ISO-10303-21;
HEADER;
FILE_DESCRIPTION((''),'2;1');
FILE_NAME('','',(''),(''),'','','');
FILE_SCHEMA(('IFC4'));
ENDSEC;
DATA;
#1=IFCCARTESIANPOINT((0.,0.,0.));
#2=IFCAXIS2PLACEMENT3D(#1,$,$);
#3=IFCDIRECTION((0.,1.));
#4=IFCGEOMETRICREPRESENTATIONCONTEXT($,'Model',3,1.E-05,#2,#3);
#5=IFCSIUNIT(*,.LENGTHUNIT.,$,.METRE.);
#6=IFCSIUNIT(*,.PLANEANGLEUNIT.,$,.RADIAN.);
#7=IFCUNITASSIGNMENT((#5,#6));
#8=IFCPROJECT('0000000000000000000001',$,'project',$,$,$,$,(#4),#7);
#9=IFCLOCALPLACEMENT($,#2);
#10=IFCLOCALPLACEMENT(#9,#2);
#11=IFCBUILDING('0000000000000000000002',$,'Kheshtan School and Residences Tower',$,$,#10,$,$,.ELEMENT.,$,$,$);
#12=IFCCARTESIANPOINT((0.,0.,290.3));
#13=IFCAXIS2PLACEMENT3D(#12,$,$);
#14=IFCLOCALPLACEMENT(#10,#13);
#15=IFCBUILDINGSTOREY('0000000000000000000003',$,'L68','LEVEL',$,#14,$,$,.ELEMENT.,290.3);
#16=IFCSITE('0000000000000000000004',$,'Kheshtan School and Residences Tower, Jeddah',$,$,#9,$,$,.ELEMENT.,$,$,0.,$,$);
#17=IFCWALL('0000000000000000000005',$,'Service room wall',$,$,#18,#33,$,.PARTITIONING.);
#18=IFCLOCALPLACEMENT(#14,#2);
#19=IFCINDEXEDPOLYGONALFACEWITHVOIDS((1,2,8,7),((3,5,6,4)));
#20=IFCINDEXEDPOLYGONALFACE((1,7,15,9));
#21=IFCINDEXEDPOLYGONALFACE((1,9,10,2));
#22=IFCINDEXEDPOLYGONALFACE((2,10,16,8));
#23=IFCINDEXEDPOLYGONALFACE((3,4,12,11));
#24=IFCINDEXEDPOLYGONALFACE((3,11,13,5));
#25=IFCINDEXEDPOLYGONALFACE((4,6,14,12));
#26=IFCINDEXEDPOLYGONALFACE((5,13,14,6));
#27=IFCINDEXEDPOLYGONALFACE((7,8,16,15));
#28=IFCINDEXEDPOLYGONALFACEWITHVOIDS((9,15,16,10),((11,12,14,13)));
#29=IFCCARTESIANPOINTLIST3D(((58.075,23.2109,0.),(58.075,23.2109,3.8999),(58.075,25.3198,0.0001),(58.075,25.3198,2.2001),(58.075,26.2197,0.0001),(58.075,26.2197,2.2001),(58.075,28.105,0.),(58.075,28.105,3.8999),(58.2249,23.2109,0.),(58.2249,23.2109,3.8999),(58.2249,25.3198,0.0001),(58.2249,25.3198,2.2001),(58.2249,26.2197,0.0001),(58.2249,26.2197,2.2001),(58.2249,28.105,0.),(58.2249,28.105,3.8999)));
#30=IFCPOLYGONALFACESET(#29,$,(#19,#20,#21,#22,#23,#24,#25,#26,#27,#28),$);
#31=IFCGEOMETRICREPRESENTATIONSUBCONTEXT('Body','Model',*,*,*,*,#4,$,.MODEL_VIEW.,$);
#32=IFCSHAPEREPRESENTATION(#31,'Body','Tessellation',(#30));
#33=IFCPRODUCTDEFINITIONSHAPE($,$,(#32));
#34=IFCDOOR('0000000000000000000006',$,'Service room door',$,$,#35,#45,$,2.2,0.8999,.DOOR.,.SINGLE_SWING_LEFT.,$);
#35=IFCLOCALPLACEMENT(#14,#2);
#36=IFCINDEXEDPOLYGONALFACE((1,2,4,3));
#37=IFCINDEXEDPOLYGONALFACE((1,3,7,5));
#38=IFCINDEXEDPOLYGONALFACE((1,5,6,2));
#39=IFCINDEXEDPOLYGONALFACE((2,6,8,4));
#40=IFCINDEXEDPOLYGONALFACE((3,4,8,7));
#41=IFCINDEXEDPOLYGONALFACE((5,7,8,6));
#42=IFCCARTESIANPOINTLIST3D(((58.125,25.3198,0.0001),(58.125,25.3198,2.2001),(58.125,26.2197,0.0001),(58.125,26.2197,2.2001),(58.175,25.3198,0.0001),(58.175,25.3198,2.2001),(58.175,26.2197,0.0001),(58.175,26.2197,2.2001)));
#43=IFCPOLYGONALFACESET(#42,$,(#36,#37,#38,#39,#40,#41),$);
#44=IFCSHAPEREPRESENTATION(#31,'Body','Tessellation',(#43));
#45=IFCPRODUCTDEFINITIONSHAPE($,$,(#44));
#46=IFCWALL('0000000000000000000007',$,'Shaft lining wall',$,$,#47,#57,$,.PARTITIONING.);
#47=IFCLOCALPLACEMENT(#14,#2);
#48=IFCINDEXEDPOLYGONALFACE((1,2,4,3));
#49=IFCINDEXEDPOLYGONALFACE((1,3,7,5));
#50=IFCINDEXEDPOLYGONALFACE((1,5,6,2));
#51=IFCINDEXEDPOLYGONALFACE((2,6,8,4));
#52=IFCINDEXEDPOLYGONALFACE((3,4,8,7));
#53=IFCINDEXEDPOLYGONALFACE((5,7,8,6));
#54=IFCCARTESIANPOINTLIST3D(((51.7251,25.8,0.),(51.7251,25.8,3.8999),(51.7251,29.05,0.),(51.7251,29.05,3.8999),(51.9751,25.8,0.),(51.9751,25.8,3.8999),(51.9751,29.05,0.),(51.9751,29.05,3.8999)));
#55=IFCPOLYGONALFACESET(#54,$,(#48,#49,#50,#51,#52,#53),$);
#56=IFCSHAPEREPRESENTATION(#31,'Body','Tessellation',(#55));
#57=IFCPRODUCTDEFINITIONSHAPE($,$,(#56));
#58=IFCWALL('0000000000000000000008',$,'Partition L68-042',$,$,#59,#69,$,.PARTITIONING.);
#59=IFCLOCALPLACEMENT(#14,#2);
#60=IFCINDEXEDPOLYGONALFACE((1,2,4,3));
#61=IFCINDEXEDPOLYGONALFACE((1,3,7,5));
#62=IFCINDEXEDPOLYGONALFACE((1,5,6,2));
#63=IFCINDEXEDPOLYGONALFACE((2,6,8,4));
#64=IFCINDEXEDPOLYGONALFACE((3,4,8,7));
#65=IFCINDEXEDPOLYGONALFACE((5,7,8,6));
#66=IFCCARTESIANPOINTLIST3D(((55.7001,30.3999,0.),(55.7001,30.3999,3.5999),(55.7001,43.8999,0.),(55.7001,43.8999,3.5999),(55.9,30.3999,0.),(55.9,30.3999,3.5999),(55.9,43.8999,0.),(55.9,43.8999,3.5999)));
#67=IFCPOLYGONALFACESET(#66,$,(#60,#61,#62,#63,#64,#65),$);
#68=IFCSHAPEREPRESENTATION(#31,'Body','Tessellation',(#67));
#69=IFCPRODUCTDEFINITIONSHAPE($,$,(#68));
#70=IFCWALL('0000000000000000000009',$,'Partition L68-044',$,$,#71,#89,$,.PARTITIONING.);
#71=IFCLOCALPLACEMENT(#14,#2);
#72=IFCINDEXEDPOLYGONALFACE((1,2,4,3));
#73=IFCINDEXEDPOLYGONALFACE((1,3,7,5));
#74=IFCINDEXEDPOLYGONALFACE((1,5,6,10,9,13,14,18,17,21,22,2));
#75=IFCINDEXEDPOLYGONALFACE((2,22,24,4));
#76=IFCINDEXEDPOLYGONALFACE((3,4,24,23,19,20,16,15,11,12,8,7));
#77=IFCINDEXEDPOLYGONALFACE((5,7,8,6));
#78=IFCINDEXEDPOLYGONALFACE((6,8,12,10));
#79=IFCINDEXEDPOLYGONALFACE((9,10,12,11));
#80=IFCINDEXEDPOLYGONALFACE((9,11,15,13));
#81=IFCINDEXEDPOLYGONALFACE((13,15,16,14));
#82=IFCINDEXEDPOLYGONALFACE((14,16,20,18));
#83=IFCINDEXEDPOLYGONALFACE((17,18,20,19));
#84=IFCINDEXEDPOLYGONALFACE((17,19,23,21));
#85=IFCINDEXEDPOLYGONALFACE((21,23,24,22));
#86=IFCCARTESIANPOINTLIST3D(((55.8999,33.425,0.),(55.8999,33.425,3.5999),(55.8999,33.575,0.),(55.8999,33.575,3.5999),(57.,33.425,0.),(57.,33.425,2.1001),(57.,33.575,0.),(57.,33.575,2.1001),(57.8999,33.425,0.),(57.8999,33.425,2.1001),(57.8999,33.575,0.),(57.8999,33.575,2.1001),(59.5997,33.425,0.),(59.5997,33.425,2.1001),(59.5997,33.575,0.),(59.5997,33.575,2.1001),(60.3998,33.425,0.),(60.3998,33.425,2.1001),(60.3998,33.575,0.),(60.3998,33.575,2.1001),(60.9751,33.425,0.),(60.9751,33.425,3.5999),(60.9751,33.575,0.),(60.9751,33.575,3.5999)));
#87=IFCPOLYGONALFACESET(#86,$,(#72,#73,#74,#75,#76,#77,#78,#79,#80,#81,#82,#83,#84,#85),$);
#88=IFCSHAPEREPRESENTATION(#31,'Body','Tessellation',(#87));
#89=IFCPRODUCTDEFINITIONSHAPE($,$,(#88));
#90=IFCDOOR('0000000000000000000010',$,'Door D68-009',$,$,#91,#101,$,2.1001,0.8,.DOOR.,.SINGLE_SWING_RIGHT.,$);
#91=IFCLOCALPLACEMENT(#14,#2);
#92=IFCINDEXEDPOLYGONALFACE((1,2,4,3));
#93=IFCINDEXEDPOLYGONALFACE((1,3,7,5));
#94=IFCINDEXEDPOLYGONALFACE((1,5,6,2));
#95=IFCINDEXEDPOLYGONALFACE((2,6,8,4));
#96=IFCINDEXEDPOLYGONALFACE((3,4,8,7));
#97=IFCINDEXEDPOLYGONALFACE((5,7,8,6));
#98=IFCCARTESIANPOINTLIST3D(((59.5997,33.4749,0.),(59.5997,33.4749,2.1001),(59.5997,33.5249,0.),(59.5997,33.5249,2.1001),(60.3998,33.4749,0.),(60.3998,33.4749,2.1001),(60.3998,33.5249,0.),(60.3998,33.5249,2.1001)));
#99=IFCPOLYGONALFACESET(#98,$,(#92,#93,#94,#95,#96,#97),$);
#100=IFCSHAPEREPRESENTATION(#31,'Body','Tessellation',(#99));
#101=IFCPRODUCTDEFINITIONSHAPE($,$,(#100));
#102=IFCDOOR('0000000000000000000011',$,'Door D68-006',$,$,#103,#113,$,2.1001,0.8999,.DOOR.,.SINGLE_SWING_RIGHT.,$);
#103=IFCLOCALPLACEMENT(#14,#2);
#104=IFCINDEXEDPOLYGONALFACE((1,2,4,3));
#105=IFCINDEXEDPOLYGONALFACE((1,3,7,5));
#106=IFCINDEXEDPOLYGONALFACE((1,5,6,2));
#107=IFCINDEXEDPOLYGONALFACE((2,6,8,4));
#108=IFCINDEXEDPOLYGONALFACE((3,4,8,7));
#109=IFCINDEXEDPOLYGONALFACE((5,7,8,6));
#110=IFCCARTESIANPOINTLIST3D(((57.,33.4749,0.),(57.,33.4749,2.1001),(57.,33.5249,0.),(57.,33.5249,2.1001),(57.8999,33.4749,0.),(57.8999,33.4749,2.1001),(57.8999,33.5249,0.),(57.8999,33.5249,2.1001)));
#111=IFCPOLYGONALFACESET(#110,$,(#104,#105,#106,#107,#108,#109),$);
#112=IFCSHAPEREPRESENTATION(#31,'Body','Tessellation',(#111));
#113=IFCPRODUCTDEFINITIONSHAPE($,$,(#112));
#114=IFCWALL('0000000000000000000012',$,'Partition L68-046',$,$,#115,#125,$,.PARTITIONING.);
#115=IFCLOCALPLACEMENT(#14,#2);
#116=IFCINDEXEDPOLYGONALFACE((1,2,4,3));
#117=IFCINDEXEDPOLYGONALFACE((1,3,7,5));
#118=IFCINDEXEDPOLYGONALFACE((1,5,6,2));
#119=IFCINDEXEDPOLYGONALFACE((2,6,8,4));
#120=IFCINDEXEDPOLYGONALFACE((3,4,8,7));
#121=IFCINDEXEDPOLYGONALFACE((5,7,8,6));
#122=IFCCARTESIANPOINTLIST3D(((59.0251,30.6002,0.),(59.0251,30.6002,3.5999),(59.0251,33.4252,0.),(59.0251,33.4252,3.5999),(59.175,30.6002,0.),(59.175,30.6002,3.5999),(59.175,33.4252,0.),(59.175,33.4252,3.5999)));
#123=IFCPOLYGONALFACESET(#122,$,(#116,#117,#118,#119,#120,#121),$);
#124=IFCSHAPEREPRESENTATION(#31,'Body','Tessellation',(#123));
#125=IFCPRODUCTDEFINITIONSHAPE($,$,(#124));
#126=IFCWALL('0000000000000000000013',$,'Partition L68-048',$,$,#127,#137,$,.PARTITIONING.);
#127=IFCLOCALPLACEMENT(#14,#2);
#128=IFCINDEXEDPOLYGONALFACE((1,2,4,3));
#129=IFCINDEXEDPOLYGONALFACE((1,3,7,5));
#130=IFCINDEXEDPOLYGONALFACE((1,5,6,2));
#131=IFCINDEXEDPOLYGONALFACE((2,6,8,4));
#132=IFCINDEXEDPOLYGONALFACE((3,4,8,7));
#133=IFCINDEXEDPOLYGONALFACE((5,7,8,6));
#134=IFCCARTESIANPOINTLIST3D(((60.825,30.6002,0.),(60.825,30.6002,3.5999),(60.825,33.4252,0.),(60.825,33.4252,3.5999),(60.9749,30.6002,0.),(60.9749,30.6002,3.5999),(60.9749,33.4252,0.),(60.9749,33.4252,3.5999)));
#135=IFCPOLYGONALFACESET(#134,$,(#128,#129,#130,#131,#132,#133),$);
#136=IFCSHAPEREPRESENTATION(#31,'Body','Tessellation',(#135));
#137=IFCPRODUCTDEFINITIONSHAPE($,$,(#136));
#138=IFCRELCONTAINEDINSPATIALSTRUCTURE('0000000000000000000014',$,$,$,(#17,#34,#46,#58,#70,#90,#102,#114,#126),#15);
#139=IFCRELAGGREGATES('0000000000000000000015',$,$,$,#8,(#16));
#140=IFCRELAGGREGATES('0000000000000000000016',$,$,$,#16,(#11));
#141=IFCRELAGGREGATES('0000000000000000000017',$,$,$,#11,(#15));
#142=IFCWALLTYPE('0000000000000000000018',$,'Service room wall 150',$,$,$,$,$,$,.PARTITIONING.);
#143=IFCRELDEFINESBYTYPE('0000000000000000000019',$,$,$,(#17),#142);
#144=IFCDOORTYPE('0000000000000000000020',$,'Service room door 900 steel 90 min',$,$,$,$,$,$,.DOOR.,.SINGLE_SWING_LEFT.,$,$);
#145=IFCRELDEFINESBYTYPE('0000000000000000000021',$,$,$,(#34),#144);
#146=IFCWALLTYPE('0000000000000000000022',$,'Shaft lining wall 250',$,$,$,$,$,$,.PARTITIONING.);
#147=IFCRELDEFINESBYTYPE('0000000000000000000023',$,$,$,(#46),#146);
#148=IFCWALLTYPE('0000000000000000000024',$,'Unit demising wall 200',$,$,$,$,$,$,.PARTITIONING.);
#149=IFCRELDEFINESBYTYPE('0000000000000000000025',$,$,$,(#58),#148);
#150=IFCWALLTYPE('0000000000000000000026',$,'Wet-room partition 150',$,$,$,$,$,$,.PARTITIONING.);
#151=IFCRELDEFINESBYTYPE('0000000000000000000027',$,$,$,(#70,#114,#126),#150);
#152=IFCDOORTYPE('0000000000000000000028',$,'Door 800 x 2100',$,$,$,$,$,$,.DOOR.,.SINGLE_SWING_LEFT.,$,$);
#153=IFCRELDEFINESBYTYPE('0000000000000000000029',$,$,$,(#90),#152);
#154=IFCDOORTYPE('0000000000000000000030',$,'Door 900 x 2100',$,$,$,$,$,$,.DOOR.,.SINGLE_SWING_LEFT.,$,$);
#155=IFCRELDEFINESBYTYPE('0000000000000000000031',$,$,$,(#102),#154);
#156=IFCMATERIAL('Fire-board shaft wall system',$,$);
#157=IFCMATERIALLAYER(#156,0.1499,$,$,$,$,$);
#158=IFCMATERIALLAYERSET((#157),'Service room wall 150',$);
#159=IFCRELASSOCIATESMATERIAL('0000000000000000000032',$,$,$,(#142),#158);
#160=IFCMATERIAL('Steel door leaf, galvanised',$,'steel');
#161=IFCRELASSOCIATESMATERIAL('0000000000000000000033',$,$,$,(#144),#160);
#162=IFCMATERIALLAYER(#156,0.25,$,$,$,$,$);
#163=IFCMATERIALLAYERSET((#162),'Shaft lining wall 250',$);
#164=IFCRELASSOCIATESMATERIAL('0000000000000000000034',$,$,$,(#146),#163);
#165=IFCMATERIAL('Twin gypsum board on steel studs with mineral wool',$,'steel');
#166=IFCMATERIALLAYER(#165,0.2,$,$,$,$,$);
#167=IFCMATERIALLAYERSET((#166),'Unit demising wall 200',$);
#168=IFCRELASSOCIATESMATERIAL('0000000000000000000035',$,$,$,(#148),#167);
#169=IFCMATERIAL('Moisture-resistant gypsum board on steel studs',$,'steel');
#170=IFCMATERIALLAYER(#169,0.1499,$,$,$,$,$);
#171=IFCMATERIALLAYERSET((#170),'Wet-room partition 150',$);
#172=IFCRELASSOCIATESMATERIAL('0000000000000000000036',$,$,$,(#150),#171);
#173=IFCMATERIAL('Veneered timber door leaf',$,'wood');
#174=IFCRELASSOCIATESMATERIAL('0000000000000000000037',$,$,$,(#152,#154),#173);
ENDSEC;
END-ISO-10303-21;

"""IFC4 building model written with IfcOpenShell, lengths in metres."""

from ifc_helpers import new_model, si_unit, direction, frame, frame_2d, origin, place, context, subcontext, project, spatial, rectangle, extrude, source, transform, mapped, material, layer, layer_set, type_object, element, fill, save


model = new_model("IFC4")

# Units and contexts
model_context = context("Model", 3, precision=1e-05, world=origin(), true_north=direction((0.0, 1.0)))
body_context = subcontext(model_context, "Body", "Model", "MODEL_VIEW")
ifc_project = project(units=[si_unit("LENGTHUNIT", "METRE"), si_unit("PLANEANGLEUNIT", "RADIAN")], contexts=[model_context])

# Site, building, storey
site_placement = place(None, origin())
site = spatial("IfcSite", under=ifc_project, at=site_placement, Name="Kheshtan School and Residences Tower, Jeddah", CompositionType="ELEMENT", RefElevation=0.0)
building_placement = place(site_placement, origin())
building = spatial("IfcBuilding", under=site, at=building_placement, Name="Kheshtan School and Residences Tower", CompositionType="ELEMENT")
storey_placement = place(building_placement, frame((0.0, 0.0, 290.3)))
storey = spatial("IfcBuildingStorey", under=building, at=storey_placement, Name="L68", Description="LEVEL", CompositionType="ELEMENT", Elevation=290.3)

# Shared definitions
ifc_material_1 = material(Name="Steel door leaf, galvanised", Category="steel")

# Shared definitions
ifc_material_2 = material(Name="Fire-board shaft wall system")
ifc_layer_1 = layer(ifc_material_2, 0.1499)
ifc_layer_set_1 = layer_set([ifc_layer_1], Name="Service room wall 150")
wall_type_1 = type_object("IfcWallType", Name="Service room wall 150", PredefinedType="PARTITIONING", material=ifc_layer_set_1)

# Wall, opening, door
wall_1_placement = place(storey_placement, frame((58.1499, 23.2109, 0.0), z_axis=(0.0, 0.0, 1.0), x_axis=(0.0, 1.0, 0.0)))
wall_1 = element("IfcWall", 1, at=wall_1_placement, inside=storey, type_object=wall_type_1, Name="Service room wall", PredefinedType="PARTITIONING", context=body_context, shape_type="SweptSolid", body=[
    extrude(rectangle(XDim=4.894, YDim=0.1499, at=frame_2d((2.447, 0.0))), origin(), (0.0, 0.0, 1.0), 3.8999),
])
opening_1_placement = place(wall_1_placement, frame((2.1089, 0.0, 0.0)))
opening_1 = element("IfcOpeningElement", 2, at=opening_1_placement, cuts=wall_1, PredefinedType="OPENING", context=body_context, shape_type="SweptSolid", body=[
    extrude(rectangle(XDim=0.8999, YDim=2.2, at=frame_2d((0.45, 1.1001))), frame((0.0, 0.085, 0.0), z_axis=(0.0, -1.0, 0.0), x_axis=(1.0, 0.0, 0.0)), (0.0, 0.0, 1.0), 0.1699),
])
door_type_1 = type_object("IfcDoorType", Name="Service room door 900 steel 90 min", OperationType="SINGLE_SWING_LEFT", PredefinedType="DOOR", material=ifc_material_1)
shared_shape_1 = source(origin(), body_context, "Body", "SweptSolid", [
    extrude(rectangle(XDim=0.8999, YDim=2.2, at=frame_2d((0.45, 1.1001))), frame((0.0, 0.0249, 0.0), z_axis=(0.0, -1.0, 0.0), x_axis=(1.0, 0.0, 0.0)), (0.0, 0.0, 1.0), 0.05),
])
door_1_placement = place(opening_1_placement, origin())
door_1 = element("IfcDoor", 3, at=door_1_placement, inside=storey, type_object=door_type_1, Name="Service room door", OperationType="SINGLE_SWING_LEFT", OverallHeight=2.2, OverallWidth=0.8999, PredefinedType="DOOR", context=body_context, shape_type="MappedRepresentation", body=[
    mapped(shared_shape_1, transform((0.0, 0.0, 0.0), x_axis=(1.0, 0.0, 0.0), y_axis=(0.0, 1.0, 0.0), z_axis=(0.0, 0.0, 1.0), scale=1.0)),
])
fill(opening_1, door_1)

# Walls
ifc_layer_2 = layer(ifc_material_2, 0.25)
ifc_layer_set_2 = layer_set([ifc_layer_2], Name="Shaft lining wall 250")
wall_type_2 = type_object("IfcWallType", Name="Shaft lining wall 250", PredefinedType="PARTITIONING", material=ifc_layer_set_2)
wall_2_placement = place(storey_placement, frame((51.8501, 25.8, 0.0), z_axis=(0.0, 0.0, 1.0), x_axis=(0.0, 1.0, 0.0)))
element("IfcWall", 4, at=wall_2_placement, inside=storey, type_object=wall_type_2, Name="Shaft lining wall", PredefinedType="PARTITIONING", context=body_context, shape_type="SweptSolid", body=[
    extrude(rectangle(XDim=3.25, YDim=0.25, at=frame_2d((1.625, 0.0))), origin(), (0.0, 0.0, 1.0), 3.8999),
])
ifc_material_3 = material(Name="Twin gypsum board on steel studs with mineral wool", Category="steel")
ifc_layer_3 = layer(ifc_material_3, 0.2)
ifc_layer_set_3 = layer_set([ifc_layer_3], Name="Unit demising wall 200")
wall_type_3 = type_object("IfcWallType", Name="Unit demising wall 200", PredefinedType="PARTITIONING", material=ifc_layer_set_3)
wall_3_placement = place(storey_placement, frame((55.8, 30.3999, 0.0), z_axis=(0.0, 0.0, 1.0), x_axis=(0.0, 1.0, 0.0)))
element("IfcWall", 5, at=wall_3_placement, inside=storey, type_object=wall_type_3, Name="Partition L68-042", PredefinedType="PARTITIONING", context=body_context, shape_type="SweptSolid", body=[
    extrude(rectangle(XDim=13.5, YDim=0.2, at=frame_2d((6.75, 0.0))), origin(), (0.0, 0.0, 1.0), 3.5999),
])

# Wall, openings, doors
ifc_material_4 = material(Name="Moisture-resistant gypsum board on steel studs", Category="steel")
ifc_layer_4 = layer(ifc_material_4, 0.1499)
ifc_layer_set_4 = layer_set([ifc_layer_4], Name="Wet-room partition 150")
wall_type_4 = type_object("IfcWallType", Name="Wet-room partition 150", PredefinedType="PARTITIONING", material=ifc_layer_set_4)
wall_4_placement = place(storey_placement, frame((55.8999, 33.5, 0.0), z_axis=(0.0, 0.0, 1.0), x_axis=(1.0, 0.0, 0.0)))
wall_4 = element("IfcWall", 6, at=wall_4_placement, inside=storey, type_object=wall_type_4, Name="Partition L68-044", PredefinedType="PARTITIONING", context=body_context, shape_type="SweptSolid", body=[
    extrude(rectangle(XDim=5.0752, YDim=0.1499, at=frame_2d((2.5376, 0.0))), origin(), (0.0, 0.0, 1.0), 3.5999),
])
opening_2_placement = place(wall_4_placement, frame((1.1001, 0.0, 0.0)))
opening_2 = element("IfcOpeningElement", 7, at=opening_2_placement, cuts=wall_4, PredefinedType="OPENING", context=body_context, shape_type="SweptSolid", body=[
    extrude(rectangle(XDim=0.8999, YDim=2.1001, at=frame_2d((0.45, 1.05))), frame((0.0, 0.085, 0.0), z_axis=(0.0, -1.0, 0.0), x_axis=(1.0, 0.0, 0.0)), (0.0, 0.0, 1.0), 0.1699),
])
opening_3_placement = place(wall_4_placement, frame((3.7, 0.0, 0.0)))
opening_3 = element("IfcOpeningElement", 8, at=opening_3_placement, cuts=wall_4, PredefinedType="OPENING", context=body_context, shape_type="SweptSolid", body=[
    extrude(rectangle(XDim=0.8, YDim=2.1001, at=frame_2d((0.3999, 1.05))), frame((0.0, 0.085, 0.0), z_axis=(0.0, -1.0, 0.0), x_axis=(1.0, 0.0, 0.0)), (0.0, 0.0, 1.0), 0.1699),
])
ifc_material_5 = material(Name="Veneered timber door leaf", Category="wood")
door_type_2 = type_object("IfcDoorType", Name="Door 800 x 2100", OperationType="SINGLE_SWING_LEFT", PredefinedType="DOOR", material=ifc_material_5)
shared_shape_2 = source(origin(), body_context, "Body", "SweptSolid", [
    extrude(rectangle(XDim=0.8, YDim=2.1001, at=frame_2d((0.3999, 1.05))), frame((0.0, 0.0249, 0.0), z_axis=(0.0, -1.0, 0.0), x_axis=(1.0, 0.0, 0.0)), (0.0, 0.0, 1.0), 0.05),
])
door_2_placement = place(opening_3_placement, origin())
door_2 = element("IfcDoor", 9, at=door_2_placement, inside=storey, type_object=door_type_2, Name="Door D68-009", OperationType="SINGLE_SWING_RIGHT", OverallHeight=2.1001, OverallWidth=0.8, PredefinedType="DOOR", context=body_context, shape_type="MappedRepresentation", body=[
    mapped(shared_shape_2, transform((0.0, 0.0, 0.0), x_axis=(1.0, 0.0, 0.0), y_axis=(0.0, 1.0, 0.0), z_axis=(0.0, 0.0, 1.0), scale=1.0)),
])
fill(opening_3, door_2)
door_type_3 = type_object("IfcDoorType", Name="Door 900 x 2100", OperationType="SINGLE_SWING_LEFT", PredefinedType="DOOR", material=ifc_material_5)
shared_shape_3 = source(origin(), body_context, "Body", "SweptSolid", [
    extrude(rectangle(XDim=0.8999, YDim=2.1001, at=frame_2d((0.45, 1.05))), frame((0.0, 0.0249, 0.0), z_axis=(0.0, -1.0, 0.0), x_axis=(1.0, 0.0, 0.0)), (0.0, 0.0, 1.0), 0.05),
])
door_3_placement = place(opening_2_placement, origin())
door_3 = element("IfcDoor", 10, at=door_3_placement, inside=storey, type_object=door_type_3, Name="Door D68-006", OperationType="SINGLE_SWING_RIGHT", OverallHeight=2.1001, OverallWidth=0.8999, PredefinedType="DOOR", context=body_context, shape_type="MappedRepresentation", body=[
    mapped(shared_shape_3, transform((0.0, 0.0, 0.0), x_axis=(1.0, 0.0, 0.0), y_axis=(0.0, 1.0, 0.0), z_axis=(0.0, 0.0, 1.0), scale=1.0)),
])
fill(opening_2, door_3)

# Walls
for number, where, z_axis, x_axis, name in (
    (11, (59.1001, 30.6001, 0.0), (0.0, 0.0, 1.0), (0.0, 1.0, 0.0), "Partition L68-046"),
    (12, (60.8999, 30.6001, 0.0), (0.0, 0.0, 1.0), (0.0, 1.0, 0.0), "Partition L68-048"),
):
    element("IfcWall", number, at=place(storey_placement, frame(where, z_axis=z_axis, x_axis=x_axis)), inside=storey, type_object=wall_type_4, Name=name, PredefinedType="PARTITIONING", context=body_context, shape_type="SweptSolid", body=[
        extrude(rectangle(XDim=2.825, YDim=0.1499, at=frame_2d((1.4126, 0.0))), origin(), (0.0, 0.0, 1.0), 3.5999),
    ])

save(model, "model.ifc")
